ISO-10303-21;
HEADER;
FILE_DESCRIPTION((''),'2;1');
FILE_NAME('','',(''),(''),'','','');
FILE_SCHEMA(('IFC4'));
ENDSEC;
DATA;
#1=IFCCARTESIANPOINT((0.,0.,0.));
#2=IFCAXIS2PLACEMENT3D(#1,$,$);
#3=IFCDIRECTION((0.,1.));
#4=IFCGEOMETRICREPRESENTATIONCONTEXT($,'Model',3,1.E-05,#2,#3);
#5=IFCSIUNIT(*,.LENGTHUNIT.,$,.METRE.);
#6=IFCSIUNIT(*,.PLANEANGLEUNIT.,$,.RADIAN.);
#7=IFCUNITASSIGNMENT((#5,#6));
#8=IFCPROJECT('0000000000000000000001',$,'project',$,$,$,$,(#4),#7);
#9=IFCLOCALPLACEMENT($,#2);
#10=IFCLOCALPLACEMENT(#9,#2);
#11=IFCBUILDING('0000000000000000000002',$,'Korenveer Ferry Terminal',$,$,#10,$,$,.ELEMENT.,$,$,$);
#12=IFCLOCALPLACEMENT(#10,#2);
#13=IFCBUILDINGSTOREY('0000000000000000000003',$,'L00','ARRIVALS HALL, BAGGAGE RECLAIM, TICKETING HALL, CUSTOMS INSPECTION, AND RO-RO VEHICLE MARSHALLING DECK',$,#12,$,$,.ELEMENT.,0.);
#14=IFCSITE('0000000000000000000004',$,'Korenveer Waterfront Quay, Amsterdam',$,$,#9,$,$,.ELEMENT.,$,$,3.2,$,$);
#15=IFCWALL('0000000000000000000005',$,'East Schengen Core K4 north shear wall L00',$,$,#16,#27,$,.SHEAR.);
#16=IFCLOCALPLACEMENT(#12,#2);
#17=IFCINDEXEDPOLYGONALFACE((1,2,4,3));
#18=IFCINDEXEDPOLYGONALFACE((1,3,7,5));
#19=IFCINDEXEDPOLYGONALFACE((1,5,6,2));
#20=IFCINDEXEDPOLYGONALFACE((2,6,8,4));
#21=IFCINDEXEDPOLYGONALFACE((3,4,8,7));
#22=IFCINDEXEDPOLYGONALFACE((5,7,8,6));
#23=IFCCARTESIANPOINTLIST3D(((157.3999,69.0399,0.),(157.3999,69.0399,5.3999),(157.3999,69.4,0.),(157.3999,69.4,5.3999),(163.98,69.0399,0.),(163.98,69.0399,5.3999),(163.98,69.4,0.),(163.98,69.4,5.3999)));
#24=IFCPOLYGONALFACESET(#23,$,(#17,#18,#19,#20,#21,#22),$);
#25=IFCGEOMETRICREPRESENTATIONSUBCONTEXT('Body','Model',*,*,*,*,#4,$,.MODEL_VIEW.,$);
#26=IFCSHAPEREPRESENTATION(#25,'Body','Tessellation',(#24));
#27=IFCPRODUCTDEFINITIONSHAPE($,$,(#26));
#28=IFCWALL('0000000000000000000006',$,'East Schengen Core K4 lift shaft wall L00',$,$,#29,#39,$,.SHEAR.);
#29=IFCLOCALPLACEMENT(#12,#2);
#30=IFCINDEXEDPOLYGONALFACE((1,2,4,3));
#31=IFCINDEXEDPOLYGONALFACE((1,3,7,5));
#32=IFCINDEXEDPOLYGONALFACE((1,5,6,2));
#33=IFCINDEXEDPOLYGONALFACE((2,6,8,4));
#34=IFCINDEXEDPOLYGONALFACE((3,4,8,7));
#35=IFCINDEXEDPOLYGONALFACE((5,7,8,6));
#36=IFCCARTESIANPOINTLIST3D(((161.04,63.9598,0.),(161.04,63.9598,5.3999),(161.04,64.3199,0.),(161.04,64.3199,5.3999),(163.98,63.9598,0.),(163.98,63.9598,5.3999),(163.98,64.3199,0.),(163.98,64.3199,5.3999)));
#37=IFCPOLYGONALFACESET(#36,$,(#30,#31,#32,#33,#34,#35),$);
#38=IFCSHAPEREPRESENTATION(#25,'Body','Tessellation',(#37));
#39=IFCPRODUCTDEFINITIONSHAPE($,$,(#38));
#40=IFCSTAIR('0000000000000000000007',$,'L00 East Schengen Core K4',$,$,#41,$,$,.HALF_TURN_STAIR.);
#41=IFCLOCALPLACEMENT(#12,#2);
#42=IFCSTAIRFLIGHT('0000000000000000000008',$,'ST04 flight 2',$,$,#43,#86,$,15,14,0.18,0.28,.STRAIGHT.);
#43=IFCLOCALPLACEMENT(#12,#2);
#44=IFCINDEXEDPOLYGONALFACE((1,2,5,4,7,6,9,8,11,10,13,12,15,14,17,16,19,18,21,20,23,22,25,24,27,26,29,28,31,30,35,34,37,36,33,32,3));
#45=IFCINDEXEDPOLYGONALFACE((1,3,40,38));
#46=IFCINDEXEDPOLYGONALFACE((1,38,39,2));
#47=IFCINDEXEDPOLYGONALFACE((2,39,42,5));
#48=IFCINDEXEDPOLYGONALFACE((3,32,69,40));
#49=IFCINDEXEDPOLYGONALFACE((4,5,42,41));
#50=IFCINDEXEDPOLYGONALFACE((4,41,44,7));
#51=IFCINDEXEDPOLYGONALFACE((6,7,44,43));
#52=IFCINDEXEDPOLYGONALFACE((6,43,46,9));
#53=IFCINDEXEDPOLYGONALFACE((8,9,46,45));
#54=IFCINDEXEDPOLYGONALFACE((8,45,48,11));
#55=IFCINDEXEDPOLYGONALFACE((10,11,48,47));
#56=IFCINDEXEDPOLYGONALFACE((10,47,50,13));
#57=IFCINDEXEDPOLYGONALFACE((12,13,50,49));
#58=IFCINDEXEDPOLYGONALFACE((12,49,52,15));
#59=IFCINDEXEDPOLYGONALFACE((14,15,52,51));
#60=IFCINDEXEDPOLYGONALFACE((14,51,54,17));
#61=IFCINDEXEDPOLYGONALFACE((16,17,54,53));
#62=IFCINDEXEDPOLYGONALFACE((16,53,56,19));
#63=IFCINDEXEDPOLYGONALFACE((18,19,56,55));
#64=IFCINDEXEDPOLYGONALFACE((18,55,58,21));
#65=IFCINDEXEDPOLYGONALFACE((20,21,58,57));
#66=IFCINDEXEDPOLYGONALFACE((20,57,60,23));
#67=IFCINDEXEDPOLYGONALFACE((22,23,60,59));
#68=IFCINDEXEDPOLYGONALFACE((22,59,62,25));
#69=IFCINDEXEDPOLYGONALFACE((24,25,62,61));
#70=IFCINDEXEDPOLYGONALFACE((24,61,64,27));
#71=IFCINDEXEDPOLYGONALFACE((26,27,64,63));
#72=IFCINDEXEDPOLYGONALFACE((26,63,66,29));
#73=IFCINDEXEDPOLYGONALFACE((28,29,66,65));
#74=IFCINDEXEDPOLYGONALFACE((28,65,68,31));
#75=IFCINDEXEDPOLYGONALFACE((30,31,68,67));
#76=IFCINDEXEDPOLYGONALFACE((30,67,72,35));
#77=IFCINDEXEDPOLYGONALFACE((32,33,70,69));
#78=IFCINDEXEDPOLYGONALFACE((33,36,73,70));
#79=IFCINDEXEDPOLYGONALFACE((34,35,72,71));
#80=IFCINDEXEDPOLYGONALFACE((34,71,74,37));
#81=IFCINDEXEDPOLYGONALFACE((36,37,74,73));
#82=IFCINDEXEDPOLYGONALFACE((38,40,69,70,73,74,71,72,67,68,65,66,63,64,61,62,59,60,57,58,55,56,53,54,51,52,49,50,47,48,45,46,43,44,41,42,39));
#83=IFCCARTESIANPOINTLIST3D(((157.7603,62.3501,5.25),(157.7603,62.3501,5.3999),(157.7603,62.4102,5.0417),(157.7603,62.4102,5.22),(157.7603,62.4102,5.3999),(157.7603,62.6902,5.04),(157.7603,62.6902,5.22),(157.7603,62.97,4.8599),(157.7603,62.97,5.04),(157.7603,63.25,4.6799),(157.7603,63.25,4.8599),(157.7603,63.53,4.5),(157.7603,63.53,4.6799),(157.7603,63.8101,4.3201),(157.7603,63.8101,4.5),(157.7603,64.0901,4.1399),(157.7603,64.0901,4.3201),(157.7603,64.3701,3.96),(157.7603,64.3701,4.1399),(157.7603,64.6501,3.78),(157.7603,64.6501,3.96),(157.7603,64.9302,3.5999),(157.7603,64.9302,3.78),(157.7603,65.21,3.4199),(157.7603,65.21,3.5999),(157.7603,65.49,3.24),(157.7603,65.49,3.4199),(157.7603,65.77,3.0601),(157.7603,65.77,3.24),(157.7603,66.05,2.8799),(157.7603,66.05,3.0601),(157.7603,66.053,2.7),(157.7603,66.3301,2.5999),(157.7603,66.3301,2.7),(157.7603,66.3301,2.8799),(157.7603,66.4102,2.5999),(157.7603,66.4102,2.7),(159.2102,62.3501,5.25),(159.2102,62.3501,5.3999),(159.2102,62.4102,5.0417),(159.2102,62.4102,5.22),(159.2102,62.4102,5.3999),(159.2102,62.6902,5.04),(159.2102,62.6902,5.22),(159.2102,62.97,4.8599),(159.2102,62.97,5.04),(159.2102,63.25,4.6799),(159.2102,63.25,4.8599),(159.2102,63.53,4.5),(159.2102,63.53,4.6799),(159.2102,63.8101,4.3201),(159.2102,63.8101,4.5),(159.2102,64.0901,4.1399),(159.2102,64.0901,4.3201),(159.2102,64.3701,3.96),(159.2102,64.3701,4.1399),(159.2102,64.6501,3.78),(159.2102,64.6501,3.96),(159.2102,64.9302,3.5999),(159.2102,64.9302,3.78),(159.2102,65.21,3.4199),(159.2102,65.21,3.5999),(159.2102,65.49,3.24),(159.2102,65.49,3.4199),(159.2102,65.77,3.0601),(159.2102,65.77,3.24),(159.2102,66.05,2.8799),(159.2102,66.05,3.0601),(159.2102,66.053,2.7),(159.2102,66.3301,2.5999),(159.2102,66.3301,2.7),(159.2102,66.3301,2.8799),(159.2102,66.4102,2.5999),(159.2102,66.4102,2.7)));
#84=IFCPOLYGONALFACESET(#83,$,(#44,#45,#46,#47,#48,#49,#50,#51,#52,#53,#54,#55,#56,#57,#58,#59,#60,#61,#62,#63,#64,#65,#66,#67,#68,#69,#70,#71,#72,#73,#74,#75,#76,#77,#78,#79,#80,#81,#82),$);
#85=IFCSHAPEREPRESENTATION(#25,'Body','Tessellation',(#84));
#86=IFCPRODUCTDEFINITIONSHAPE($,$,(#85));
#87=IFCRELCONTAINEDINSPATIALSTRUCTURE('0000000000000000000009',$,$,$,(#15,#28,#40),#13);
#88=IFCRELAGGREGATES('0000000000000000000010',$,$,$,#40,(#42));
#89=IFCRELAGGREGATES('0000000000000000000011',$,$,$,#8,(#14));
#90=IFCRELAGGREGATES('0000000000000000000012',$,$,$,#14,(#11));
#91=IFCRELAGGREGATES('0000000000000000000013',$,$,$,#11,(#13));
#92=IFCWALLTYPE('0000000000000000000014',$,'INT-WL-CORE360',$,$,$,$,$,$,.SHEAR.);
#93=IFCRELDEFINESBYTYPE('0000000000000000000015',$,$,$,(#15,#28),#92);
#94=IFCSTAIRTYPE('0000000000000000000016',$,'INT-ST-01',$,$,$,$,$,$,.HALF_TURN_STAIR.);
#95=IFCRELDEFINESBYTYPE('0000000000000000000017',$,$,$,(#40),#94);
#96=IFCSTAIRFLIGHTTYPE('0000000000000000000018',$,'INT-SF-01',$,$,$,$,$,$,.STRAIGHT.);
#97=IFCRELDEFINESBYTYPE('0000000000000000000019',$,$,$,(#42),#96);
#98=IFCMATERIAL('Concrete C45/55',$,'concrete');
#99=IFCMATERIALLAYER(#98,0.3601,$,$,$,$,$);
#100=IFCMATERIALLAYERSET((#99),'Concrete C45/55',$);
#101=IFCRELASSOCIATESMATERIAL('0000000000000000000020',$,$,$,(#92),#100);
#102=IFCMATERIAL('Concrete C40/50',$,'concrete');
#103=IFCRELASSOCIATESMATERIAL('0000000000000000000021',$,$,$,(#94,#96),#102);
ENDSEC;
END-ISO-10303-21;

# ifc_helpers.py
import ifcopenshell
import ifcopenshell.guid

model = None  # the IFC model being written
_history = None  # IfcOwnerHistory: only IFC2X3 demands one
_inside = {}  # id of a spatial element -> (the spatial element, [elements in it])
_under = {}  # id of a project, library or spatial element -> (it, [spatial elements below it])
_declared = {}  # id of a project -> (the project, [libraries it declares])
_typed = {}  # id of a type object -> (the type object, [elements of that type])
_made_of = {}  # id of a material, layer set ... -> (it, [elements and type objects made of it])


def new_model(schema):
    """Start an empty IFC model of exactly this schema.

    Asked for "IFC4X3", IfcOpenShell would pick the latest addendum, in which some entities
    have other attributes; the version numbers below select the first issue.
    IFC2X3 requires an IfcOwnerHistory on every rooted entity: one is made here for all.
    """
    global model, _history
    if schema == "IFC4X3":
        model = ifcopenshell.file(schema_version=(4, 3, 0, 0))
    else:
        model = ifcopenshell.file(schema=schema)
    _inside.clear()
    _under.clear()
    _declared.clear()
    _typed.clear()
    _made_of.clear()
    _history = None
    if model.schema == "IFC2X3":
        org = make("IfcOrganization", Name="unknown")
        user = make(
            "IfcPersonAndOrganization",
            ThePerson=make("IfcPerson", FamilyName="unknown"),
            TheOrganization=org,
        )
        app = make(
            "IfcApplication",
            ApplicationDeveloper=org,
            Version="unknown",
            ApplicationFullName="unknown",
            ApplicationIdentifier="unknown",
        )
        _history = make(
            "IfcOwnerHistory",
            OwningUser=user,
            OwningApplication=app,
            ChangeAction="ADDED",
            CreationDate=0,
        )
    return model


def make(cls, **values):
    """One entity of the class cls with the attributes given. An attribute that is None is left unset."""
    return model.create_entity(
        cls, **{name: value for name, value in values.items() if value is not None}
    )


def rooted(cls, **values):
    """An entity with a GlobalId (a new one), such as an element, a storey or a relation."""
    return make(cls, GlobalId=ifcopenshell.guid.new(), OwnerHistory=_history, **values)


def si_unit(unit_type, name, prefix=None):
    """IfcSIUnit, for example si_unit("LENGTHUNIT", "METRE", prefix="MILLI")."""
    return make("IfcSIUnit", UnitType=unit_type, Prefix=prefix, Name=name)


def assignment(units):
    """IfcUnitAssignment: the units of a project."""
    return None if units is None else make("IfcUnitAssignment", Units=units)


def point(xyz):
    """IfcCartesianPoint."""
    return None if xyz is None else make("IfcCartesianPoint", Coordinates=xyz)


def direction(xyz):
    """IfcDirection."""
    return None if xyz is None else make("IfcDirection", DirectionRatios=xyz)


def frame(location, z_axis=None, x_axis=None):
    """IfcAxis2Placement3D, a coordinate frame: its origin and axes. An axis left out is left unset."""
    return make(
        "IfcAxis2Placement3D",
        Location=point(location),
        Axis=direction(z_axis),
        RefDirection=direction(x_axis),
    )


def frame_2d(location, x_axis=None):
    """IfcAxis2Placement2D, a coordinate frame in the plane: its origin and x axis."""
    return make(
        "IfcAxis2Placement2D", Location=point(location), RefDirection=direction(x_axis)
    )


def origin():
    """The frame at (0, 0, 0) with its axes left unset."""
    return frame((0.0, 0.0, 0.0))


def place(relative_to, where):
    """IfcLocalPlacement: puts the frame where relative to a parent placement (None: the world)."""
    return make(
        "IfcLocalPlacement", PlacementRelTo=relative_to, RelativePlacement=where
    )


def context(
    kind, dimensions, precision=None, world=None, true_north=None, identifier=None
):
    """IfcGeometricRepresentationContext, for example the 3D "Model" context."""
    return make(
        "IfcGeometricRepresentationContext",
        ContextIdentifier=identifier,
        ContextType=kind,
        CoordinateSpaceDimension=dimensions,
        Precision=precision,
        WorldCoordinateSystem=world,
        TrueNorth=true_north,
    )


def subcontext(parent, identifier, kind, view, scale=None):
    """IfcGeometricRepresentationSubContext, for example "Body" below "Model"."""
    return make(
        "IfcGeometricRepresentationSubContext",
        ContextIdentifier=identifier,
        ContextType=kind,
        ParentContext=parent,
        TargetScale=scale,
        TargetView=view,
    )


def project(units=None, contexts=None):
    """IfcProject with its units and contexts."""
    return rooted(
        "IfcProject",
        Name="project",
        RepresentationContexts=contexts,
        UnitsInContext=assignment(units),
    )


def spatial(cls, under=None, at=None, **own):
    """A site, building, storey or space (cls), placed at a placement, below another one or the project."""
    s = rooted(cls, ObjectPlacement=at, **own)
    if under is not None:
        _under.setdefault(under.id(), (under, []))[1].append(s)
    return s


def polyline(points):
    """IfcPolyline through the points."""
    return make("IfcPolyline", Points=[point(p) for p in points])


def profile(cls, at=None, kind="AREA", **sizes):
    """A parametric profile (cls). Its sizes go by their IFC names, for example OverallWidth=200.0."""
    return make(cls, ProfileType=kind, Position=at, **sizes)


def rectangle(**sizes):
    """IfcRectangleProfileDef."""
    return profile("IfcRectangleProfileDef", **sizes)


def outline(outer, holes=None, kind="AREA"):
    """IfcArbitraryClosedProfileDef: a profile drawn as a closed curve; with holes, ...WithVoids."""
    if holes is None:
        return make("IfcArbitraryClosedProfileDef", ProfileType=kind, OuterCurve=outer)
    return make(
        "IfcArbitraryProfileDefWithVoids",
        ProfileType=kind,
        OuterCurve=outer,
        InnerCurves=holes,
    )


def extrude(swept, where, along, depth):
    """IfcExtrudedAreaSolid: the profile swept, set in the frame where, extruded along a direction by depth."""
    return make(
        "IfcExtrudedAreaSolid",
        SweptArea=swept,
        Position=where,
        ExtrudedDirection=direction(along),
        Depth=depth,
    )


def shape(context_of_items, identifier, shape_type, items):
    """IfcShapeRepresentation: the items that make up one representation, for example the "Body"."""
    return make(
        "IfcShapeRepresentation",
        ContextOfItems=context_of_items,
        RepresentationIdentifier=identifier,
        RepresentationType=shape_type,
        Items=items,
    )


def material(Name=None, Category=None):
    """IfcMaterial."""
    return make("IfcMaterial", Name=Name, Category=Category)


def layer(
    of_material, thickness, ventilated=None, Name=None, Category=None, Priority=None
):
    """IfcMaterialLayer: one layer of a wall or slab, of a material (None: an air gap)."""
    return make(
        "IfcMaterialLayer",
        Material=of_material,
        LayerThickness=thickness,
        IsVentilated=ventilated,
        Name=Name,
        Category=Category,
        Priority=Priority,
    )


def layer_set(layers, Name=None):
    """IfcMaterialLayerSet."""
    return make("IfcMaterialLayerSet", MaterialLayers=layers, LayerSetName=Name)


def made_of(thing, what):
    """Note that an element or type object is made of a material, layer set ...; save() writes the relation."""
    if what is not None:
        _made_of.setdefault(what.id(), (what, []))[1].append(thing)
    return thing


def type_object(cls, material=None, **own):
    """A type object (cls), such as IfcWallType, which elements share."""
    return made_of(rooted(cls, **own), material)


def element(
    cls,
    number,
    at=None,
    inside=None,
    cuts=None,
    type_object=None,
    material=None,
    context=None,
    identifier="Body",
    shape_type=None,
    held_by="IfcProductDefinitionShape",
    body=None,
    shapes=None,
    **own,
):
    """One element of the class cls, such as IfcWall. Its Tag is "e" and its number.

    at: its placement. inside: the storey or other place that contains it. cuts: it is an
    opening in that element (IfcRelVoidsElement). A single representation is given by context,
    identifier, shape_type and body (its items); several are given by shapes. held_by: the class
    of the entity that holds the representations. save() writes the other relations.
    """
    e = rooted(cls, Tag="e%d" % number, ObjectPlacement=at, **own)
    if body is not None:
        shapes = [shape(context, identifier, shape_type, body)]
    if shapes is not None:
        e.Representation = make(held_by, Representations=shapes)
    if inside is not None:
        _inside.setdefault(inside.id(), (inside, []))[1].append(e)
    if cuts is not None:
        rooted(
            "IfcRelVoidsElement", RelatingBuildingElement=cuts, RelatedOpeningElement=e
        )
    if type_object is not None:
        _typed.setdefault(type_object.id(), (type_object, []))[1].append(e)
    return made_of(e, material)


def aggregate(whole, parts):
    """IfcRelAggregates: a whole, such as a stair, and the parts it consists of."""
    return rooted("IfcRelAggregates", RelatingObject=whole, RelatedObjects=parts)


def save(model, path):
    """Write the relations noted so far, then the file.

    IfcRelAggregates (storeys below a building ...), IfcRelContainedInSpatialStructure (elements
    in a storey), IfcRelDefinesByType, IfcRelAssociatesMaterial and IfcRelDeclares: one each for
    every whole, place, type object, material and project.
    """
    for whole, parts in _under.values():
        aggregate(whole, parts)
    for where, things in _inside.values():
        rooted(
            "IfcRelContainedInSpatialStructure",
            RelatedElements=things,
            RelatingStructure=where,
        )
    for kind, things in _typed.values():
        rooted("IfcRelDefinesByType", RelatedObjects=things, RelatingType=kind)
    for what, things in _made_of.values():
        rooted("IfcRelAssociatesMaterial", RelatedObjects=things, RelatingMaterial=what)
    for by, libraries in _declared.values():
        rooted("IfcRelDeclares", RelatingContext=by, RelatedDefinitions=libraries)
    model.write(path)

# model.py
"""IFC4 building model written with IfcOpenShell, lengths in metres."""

from ifc_helpers import new_model, si_unit, direction, frame, frame_2d, origin, place, context, subcontext, project, spatial, polyline, rectangle, outline, extrude, material, layer, layer_set, type_object, element, aggregate, save


model = new_model("IFC4")

# Units and contexts
model_context = context("Model", 3, precision=1e-05, world=origin(), true_north=direction((0.0, 1.0)))
body_context = subcontext(model_context, "Body", "Model", "MODEL_VIEW")
ifc_project = project(units=[si_unit("LENGTHUNIT", "METRE"), si_unit("PLANEANGLEUNIT", "RADIAN")], contexts=[model_context])

# Site, building, storey
site_placement = place(None, origin())
site = spatial("IfcSite", under=ifc_project, at=site_placement, Name="Korenveer Waterfront Quay, Amsterdam", CompositionType="ELEMENT", RefElevation=3.2)
building_placement = place(site_placement, origin())
building = spatial("IfcBuilding", under=site, at=building_placement, Name="Korenveer Ferry Terminal", CompositionType="ELEMENT")
storey_placement = place(building_placement, origin())
storey = spatial("IfcBuildingStorey", under=building, at=storey_placement, Name="L00", Description="ARRIVALS HALL, BAGGAGE RECLAIM, TICKETING HALL, CUSTOMS INSPECTION, AND RO-RO VEHICLE MARSHALLING DECK", CompositionType="ELEMENT", Elevation=0.0)

# Shared definitions
ifc_material_1 = material(Name="Concrete C45/55", Category="concrete")

# Shared definitions
ifc_material_2 = material(Name="Concrete C40/50", Category="concrete")

# Walls
ifc_layer = layer(ifc_material_1, 0.3601)
ifc_layer_set = layer_set([ifc_layer], Name="Concrete C45/55")
wall_type = type_object("IfcWallType", Name="INT-WL-CORE360", PredefinedType="SHEAR", material=ifc_layer_set)
wall_1_placement = place(storey_placement, frame((157.3999, 69.22, 0.0), z_axis=(0.0, 0.0, 1.0), x_axis=(1.0, 0.0, 0.0)))
element("IfcWall", 1, at=wall_1_placement, inside=storey, type_object=wall_type, Name="East Schengen Core K4 north shear wall L00", PredefinedType="SHEAR", context=body_context, shape_type="SweptSolid", body=[
    extrude(rectangle(XDim=6.5801, YDim=0.3601, at=frame_2d((3.29, 0.0))), origin(), (0.0, 0.0, 1.0), 5.3999),
])
wall_2_placement = place(storey_placement, frame((161.04, 64.1399, 0.0), z_axis=(0.0, 0.0, 1.0), x_axis=(1.0, 0.0, 0.0)))
element("IfcWall", 2, at=wall_2_placement, inside=storey, type_object=wall_type, Name="East Schengen Core K4 lift shaft wall L00", PredefinedType="SHEAR", context=body_context, shape_type="SweptSolid", body=[
    extrude(rectangle(XDim=2.9399, YDim=0.3601, at=frame_2d((1.47, 0.0))), origin(), (0.0, 0.0, 1.0), 5.3999),
])

# Stair, stair flight
stair_type = type_object("IfcStairType", Name="INT-ST-01", PredefinedType="HALF_TURN_STAIR", material=ifc_material_2)
stair_placement = place(storey_placement, frame((160.135, 62.4099, 0.0)))
stair = element("IfcStair", 3, at=stair_placement, inside=storey, type_object=stair_type, Name="L00 East Schengen Core K4", PredefinedType="HALF_TURN_STAIR")
stair_flight_type = type_object("IfcStairFlightType", Name="INT-SF-01", PredefinedType="STRAIGHT", material=ifc_material_2)
stair_flight_placement = place(storey_placement, frame((158.4851, 66.3301, 2.7), z_axis=(0.0, 0.0, 1.0), x_axis=(0.0, -1.0, 0.0)))
stair_flight = element("IfcStairFlight", 4, at=stair_flight_placement, type_object=stair_flight_type, Name="ST04 flight 2", NumberOfRisers=15, NumberOfTreads=14, PredefinedType="STRAIGHT", RiserHeight=0.18, TreadLength=0.28, context=body_context, shape_type="SweptSolid", body=[
    extrude(outline(polyline([(-0.0801, 0.0), (0.0, 0.0), (0.0, 0.1799), (0.28, 0.1799), (0.28, 0.3601), (0.5601, 0.3601), (0.5601, 0.54), (0.8401, 0.54), (0.8401, 0.72), (1.1201, 0.72), (1.1201, 0.8999), (1.3999, 0.8999), (1.3999, 1.0801), (1.6799, 1.0801), (1.6799, 1.26), (1.96, 1.26), (1.96, 1.4399), (2.24, 1.4399), (2.24, 1.6201), (2.52, 1.6201), (2.52, 1.8), (2.8, 1.8), (2.8, 1.98), (3.0801, 1.98), (3.0801, 2.1599), (3.3601, 2.1599), (3.3601, 2.3401), (3.6399, 2.3401), (3.6399, 2.52), (3.9199, 2.52), (3.9199, 2.7), (3.98, 2.7), (3.98, 2.55), (3.9199, 2.3418), (0.2771, 0.0), (0.0, -0.1001), (-0.0801, -0.1001), (-0.0801, 0.0)])), frame((0.0, 0.7251, 0.0), z_axis=(0.0, -1.0, 0.0), x_axis=(1.0, 0.0, 0.0)), (0.0, 0.0, 1.0), 1.45),
])
aggregate(stair, [stair_flight])

save(model, "model.ifc")
